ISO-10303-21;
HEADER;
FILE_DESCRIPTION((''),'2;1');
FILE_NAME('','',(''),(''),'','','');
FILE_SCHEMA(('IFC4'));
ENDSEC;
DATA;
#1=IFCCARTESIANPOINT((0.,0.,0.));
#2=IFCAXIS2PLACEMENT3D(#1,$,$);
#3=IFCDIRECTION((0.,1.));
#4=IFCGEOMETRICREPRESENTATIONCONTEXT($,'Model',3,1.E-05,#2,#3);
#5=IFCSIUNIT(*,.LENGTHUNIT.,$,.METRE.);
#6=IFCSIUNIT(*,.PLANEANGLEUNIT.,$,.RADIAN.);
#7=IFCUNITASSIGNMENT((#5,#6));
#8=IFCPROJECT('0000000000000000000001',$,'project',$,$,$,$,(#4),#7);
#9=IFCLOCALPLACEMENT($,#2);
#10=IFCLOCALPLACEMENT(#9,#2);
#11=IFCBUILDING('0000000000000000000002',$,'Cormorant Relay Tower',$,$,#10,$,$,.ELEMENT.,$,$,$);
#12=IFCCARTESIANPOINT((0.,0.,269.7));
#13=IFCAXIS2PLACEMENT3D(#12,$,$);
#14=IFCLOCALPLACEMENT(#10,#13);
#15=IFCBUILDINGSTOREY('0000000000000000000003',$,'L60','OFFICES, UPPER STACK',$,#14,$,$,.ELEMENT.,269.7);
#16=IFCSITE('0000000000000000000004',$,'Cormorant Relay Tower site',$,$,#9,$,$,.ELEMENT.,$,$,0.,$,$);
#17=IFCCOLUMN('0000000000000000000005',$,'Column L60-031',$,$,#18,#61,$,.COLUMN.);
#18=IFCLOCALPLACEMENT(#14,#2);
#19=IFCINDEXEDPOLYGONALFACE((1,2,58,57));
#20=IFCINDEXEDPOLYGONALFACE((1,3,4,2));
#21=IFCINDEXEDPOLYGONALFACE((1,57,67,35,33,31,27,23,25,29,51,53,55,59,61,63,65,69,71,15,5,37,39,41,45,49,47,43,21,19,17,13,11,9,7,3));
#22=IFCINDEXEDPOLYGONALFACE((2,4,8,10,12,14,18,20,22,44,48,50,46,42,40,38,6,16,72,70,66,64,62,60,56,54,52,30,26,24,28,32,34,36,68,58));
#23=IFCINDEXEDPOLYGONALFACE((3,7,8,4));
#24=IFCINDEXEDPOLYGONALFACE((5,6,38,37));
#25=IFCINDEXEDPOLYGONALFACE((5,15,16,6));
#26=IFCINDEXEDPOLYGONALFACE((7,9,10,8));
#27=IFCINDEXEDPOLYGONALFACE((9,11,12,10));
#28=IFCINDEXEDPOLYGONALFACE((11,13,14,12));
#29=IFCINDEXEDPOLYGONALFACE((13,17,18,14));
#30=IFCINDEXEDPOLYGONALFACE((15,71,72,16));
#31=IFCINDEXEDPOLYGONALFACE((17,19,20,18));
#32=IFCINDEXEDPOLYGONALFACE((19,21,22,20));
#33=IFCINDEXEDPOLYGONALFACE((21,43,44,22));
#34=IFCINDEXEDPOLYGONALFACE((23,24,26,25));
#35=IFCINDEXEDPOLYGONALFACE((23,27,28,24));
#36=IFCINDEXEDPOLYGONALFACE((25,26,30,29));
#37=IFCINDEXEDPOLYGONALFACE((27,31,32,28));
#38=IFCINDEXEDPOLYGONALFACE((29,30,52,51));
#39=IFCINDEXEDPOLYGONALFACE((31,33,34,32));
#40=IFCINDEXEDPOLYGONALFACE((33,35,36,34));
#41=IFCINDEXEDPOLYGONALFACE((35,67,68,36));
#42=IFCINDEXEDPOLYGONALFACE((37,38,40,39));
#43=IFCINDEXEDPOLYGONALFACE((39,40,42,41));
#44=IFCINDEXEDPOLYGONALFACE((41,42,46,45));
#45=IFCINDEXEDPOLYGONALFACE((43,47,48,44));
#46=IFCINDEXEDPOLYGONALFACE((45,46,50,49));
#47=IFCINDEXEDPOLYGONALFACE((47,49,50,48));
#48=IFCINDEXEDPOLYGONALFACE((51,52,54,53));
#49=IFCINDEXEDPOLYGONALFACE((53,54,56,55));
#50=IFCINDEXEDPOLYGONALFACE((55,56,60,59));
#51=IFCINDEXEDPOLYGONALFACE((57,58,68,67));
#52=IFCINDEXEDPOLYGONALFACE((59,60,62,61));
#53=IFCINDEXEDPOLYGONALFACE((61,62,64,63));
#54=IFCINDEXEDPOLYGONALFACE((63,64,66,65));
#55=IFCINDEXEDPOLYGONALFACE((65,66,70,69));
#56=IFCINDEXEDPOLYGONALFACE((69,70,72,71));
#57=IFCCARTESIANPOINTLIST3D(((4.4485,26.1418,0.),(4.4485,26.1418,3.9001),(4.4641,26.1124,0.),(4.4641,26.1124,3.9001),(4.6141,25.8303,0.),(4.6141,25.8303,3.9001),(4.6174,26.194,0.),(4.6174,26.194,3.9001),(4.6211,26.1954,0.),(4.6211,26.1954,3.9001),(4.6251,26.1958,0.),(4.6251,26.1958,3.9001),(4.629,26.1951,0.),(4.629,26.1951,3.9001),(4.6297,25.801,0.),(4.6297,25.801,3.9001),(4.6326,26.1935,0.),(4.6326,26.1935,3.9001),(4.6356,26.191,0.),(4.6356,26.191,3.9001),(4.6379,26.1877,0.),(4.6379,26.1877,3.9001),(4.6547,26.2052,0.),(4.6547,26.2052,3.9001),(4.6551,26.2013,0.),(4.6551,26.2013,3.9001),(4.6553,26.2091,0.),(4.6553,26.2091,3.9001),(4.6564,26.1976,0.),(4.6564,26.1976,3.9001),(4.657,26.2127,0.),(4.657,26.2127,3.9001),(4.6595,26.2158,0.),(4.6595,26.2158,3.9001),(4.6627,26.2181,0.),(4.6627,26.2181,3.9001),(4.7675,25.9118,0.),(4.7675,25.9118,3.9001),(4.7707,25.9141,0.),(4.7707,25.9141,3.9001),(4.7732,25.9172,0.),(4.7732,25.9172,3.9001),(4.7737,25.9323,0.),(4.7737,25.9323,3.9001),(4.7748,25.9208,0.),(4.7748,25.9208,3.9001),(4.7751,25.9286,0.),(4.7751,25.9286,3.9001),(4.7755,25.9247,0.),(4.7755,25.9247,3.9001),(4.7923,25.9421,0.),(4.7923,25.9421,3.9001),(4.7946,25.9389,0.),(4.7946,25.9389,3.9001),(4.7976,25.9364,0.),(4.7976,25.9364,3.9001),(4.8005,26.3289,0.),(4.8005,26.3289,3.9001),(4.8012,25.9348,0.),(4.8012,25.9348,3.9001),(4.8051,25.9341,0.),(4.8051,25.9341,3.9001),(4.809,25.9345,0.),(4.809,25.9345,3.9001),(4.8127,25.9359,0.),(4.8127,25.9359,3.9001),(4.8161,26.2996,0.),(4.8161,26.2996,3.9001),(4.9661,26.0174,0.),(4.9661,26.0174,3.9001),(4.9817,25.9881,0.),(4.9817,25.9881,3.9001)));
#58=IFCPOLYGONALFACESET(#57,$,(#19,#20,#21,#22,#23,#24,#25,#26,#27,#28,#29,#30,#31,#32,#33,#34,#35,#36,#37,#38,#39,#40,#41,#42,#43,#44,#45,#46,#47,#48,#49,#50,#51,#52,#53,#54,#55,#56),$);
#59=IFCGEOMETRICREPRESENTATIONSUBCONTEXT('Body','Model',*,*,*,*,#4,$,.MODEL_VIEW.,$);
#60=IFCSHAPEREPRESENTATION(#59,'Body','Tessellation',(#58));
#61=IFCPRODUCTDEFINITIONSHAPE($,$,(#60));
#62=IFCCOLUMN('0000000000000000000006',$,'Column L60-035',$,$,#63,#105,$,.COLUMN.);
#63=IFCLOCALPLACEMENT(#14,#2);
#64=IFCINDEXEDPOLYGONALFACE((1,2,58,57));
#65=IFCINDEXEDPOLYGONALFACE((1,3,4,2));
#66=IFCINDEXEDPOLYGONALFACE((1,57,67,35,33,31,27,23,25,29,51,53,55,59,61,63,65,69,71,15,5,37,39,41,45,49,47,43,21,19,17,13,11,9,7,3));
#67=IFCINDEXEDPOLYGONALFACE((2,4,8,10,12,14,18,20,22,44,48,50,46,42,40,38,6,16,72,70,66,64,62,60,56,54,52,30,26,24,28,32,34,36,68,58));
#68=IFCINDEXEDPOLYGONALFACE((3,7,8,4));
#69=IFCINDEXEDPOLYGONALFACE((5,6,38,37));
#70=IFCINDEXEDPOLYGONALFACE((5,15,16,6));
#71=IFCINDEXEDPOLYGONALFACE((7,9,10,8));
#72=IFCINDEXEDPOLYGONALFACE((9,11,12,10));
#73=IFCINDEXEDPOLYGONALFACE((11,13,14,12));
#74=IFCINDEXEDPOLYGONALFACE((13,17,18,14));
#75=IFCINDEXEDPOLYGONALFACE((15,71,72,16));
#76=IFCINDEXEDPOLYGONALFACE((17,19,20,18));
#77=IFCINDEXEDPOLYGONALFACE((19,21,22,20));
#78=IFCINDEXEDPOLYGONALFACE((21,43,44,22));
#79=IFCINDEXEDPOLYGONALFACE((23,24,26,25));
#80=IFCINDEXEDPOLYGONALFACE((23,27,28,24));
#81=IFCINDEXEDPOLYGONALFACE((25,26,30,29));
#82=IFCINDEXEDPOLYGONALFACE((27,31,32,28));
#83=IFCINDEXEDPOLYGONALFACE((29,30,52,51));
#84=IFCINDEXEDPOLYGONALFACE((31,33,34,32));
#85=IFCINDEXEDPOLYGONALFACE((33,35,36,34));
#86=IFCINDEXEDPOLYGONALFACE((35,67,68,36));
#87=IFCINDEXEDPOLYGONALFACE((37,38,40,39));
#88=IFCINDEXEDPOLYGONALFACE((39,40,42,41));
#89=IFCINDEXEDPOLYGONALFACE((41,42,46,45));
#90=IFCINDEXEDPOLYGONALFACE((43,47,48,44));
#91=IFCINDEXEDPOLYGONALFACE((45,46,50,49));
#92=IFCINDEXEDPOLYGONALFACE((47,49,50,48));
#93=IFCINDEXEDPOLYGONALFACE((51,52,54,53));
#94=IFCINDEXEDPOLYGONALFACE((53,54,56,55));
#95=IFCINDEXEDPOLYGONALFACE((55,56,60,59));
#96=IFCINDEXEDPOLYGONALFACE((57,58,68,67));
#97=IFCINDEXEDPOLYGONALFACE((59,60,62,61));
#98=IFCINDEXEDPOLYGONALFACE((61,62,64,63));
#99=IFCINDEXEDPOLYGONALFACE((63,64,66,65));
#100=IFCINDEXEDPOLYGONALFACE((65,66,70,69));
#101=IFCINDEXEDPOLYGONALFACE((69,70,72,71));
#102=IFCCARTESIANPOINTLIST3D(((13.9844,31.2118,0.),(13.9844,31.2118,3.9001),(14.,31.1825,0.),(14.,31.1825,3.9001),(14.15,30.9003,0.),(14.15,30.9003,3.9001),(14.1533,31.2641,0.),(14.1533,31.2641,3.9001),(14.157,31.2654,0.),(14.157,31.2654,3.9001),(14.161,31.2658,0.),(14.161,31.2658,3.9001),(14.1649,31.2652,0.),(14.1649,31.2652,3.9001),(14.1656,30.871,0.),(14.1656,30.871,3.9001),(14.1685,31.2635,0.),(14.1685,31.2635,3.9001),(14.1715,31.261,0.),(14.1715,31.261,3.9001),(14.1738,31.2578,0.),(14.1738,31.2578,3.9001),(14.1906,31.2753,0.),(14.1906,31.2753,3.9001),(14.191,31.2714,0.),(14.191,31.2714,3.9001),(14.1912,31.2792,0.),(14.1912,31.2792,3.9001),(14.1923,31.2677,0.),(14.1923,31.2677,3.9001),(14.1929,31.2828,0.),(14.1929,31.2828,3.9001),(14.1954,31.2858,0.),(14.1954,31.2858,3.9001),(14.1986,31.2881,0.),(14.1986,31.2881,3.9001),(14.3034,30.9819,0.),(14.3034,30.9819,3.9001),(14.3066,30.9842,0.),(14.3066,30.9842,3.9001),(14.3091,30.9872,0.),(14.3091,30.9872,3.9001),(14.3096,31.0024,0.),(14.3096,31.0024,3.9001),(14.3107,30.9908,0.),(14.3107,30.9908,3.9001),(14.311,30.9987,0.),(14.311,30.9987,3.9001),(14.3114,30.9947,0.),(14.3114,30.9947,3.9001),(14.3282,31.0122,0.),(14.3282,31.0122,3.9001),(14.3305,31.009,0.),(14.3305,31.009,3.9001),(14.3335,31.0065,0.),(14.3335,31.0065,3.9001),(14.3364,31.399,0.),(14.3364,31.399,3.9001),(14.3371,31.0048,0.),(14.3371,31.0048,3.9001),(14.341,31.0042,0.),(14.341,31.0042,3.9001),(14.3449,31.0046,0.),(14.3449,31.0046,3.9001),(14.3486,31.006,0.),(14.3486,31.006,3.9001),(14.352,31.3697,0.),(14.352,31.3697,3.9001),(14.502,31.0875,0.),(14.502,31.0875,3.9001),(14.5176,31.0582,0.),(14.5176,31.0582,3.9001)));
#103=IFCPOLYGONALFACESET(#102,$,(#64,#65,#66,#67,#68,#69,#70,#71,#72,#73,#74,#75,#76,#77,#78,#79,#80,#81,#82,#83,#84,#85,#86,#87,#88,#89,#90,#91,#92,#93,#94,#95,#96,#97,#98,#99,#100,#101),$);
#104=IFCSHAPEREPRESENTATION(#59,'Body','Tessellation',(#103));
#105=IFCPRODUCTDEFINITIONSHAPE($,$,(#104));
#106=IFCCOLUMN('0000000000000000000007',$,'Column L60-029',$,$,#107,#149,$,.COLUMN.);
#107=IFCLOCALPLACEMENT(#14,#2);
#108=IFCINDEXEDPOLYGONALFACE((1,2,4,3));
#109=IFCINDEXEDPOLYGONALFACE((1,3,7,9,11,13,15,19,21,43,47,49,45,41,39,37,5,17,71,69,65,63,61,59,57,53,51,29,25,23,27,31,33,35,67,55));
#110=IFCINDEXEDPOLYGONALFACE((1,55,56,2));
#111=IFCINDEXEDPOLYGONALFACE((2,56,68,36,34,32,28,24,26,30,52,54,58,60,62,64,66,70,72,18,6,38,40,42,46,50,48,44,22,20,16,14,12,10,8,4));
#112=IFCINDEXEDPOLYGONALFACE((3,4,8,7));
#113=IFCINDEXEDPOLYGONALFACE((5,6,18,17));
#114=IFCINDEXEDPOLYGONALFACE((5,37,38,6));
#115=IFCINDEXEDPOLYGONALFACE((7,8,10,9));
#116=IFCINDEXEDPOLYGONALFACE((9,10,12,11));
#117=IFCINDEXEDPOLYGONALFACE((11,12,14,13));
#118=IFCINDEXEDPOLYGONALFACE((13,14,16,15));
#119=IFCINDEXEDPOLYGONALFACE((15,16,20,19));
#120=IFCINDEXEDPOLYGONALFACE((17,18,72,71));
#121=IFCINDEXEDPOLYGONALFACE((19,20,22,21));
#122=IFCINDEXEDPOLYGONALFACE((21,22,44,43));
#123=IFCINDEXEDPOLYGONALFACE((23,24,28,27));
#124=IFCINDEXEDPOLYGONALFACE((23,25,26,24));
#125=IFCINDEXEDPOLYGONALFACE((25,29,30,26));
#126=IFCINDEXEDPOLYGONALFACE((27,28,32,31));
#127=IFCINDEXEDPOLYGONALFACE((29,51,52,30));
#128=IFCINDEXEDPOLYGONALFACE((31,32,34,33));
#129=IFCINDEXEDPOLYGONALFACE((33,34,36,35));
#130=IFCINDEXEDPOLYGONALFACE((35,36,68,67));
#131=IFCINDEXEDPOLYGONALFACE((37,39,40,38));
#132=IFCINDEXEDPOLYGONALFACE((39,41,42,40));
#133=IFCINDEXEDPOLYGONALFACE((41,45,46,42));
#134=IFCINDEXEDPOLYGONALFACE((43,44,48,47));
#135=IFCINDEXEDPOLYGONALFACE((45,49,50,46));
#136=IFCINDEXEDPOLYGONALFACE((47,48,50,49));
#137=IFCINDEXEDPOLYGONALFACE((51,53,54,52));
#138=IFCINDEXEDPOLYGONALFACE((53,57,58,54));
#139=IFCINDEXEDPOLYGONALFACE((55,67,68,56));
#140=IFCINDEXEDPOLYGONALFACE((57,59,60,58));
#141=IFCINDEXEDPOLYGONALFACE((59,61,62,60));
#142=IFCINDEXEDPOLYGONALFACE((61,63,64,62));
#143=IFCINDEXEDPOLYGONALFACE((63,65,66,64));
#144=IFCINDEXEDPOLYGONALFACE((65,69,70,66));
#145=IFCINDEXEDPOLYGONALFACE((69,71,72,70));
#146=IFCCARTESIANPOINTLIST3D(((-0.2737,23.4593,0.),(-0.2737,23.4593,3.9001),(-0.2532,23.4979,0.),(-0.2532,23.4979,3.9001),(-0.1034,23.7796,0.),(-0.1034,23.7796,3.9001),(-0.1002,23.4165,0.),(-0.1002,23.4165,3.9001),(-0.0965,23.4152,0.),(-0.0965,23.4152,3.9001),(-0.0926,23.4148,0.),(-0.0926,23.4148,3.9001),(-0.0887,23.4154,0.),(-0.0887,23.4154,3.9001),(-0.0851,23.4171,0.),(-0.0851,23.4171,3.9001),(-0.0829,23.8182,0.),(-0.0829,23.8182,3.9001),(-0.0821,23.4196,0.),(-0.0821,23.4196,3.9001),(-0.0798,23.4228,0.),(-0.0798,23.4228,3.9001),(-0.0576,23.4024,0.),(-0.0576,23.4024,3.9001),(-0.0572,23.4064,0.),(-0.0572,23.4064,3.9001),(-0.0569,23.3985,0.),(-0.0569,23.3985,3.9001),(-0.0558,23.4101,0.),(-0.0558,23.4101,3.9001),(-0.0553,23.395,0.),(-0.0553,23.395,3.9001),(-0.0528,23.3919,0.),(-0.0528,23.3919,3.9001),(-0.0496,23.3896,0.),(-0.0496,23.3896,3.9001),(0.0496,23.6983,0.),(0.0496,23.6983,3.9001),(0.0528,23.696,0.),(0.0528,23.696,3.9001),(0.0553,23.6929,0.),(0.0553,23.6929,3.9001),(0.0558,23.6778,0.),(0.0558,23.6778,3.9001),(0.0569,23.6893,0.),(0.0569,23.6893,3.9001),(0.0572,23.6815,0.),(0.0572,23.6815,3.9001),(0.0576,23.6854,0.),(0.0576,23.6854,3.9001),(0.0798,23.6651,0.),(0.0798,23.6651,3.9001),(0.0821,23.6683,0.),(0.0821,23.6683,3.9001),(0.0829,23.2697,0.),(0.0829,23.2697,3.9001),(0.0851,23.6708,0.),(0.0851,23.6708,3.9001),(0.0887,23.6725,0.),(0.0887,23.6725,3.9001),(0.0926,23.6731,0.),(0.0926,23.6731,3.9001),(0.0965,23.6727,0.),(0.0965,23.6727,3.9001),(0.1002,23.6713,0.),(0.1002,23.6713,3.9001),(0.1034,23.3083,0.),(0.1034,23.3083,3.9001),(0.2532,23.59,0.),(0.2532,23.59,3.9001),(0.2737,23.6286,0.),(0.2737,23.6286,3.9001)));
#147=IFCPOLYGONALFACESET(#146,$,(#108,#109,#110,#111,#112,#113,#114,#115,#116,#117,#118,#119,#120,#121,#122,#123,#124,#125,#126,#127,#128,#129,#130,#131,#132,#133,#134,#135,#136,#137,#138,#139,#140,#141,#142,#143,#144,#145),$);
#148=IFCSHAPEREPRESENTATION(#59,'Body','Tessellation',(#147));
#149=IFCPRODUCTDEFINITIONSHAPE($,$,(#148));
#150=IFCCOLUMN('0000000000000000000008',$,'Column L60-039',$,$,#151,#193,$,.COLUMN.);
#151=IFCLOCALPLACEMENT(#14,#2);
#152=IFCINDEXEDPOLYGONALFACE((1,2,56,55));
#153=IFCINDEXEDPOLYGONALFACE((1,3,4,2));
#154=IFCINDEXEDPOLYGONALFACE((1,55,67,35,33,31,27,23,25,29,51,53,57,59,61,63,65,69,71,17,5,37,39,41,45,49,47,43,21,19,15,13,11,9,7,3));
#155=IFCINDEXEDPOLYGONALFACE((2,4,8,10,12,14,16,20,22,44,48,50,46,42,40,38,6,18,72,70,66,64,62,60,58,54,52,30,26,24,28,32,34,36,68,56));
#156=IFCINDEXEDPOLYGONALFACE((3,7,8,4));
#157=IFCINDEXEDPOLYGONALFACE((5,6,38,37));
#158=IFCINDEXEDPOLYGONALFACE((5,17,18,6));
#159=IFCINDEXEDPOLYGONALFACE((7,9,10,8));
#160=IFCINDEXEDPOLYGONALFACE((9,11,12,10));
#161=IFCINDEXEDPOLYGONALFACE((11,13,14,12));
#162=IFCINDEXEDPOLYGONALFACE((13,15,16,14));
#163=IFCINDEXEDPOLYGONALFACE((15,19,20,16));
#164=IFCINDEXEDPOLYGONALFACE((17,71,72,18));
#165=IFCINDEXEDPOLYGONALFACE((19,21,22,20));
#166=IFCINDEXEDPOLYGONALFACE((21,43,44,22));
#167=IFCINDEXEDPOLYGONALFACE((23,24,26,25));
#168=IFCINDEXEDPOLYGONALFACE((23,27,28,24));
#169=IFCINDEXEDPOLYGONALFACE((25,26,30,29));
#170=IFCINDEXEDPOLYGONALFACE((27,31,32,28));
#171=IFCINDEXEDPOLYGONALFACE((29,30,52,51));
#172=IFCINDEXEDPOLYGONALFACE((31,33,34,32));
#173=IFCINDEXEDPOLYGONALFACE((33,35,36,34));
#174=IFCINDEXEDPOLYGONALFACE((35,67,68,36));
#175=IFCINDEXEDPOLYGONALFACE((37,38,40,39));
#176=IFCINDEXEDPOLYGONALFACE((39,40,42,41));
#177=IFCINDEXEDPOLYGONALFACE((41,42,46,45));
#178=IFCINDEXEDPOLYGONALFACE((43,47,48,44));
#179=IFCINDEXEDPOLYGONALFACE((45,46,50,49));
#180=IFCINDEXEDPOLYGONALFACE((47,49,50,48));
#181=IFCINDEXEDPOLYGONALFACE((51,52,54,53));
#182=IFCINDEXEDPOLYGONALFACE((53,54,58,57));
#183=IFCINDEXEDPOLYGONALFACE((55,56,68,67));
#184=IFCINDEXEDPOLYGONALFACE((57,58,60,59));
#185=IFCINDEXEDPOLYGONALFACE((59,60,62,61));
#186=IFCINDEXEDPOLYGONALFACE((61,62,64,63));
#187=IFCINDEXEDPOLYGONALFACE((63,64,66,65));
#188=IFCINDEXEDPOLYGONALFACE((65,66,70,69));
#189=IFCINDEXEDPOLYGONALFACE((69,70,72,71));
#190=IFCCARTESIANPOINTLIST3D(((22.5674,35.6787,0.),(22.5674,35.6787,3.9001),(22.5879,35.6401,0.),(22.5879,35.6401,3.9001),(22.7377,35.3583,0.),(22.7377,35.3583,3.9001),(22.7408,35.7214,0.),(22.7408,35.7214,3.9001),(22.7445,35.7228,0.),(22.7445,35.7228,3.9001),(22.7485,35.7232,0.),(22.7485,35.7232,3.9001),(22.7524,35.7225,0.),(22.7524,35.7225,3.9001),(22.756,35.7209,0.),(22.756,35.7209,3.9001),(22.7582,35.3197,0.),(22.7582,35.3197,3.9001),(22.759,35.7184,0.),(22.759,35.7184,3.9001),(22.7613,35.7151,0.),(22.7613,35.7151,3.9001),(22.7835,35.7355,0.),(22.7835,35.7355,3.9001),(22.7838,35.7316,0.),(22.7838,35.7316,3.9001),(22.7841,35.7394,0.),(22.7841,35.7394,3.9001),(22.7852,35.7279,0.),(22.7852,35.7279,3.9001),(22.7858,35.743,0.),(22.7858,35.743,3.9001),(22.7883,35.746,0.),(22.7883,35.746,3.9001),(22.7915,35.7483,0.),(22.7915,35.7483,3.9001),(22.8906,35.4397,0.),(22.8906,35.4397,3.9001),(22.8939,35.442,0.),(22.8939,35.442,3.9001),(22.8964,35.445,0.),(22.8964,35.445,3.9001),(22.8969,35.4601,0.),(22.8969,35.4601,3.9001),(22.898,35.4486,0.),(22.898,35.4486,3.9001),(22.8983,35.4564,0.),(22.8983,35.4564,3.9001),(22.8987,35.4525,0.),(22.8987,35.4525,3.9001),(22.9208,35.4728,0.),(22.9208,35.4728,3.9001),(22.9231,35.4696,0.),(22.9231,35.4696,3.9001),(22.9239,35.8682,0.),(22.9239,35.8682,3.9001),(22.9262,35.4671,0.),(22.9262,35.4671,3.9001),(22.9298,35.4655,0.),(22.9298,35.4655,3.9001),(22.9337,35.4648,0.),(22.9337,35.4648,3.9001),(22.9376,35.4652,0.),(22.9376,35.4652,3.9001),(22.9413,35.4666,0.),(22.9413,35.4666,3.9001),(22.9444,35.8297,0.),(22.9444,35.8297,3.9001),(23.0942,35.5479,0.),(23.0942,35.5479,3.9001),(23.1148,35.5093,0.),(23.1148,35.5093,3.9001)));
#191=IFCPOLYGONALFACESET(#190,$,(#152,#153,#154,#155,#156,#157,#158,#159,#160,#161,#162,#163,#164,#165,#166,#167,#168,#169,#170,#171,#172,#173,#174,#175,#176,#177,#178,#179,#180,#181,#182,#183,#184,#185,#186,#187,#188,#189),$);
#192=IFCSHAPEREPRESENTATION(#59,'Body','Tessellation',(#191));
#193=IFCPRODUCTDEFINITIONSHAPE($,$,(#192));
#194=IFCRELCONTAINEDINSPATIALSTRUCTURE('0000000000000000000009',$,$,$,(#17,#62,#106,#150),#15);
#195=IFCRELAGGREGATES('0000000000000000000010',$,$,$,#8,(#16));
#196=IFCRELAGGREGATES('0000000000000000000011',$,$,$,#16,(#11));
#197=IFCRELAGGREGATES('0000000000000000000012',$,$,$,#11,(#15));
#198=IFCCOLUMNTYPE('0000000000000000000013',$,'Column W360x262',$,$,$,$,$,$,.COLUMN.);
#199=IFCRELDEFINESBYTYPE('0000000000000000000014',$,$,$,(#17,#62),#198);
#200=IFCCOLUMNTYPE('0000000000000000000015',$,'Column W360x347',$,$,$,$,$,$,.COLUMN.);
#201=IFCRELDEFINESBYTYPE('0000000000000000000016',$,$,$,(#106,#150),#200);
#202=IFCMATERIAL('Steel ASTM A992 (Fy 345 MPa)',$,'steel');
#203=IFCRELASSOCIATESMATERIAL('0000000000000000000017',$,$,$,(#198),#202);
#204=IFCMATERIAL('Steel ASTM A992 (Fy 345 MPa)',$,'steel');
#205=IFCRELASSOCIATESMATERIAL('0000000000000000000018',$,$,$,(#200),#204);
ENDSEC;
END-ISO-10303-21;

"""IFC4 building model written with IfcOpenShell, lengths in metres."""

from ifc_helpers import new_model, si_unit, direction, frame, origin, origin_2d, place, context, subcontext, project, spatial, i_section, extrude, material, material_profile, profile_set, type_object, element, save


model = new_model("IFC4")

# Units and contexts
model_context = context("Model", 3, precision=1e-05, world=origin(), true_north=direction((0.0, 1.0)))
body_context = subcontext(model_context, "Body", "Model", "MODEL_VIEW")
ifc_project = project(units=[si_unit("LENGTHUNIT", "METRE"), si_unit("PLANEANGLEUNIT", "RADIAN")], contexts=[model_context])

# Site, building, storey
site_placement = place(None, origin())
site = spatial("IfcSite", under=ifc_project, at=site_placement, Name="Cormorant Relay Tower site", CompositionType="ELEMENT", RefElevation=0.0)
building_placement = place(site_placement, origin())
building = spatial("IfcBuilding", under=site, at=building_placement, Name="Cormorant Relay Tower", CompositionType="ELEMENT")
storey_placement = place(building_placement, frame((0.0, 0.0, 269.7)))
storey = spatial("IfcBuildingStorey", under=building, at=storey_placement, Name="L60", Description="OFFICES, UPPER STACK", CompositionType="ELEMENT", Elevation=269.7)

# Columns
ifc_material_1 = material(Name="Steel ASTM A992 (Fy 345 MPa)", Category="steel")
ifc_material_profile_1 = material_profile(ifc_material_1, i_section(OverallWidth=0.3987, OverallDepth=0.386, WebThickness=0.021, FlangeThickness=0.0332, FilletRadius=0.0151, at=origin_2d()), Name="W360x262")
ifc_profile_set_1 = profile_set([ifc_material_profile_1], Name="Steel ASTM A992 (Fy 345 MPa)")
column_type_1 = type_object("IfcColumnType", Name="Column W360x262", PredefinedType="COLUMN", material=ifc_profile_set_1)
for number, where, z_axis, x_axis, name in (
    (1, (4.7151, 26.0649, 0.0), (0.0, 0.0, 1.0), (-0.882948, -0.469472, 0.0), "Column L60-031"),
    (2, (14.251, 31.135, 0.0), (0.0, 0.0, 1.0), (-0.882948, -0.469472, 0.0), "Column L60-035"),
):
    element("IfcColumn", number, at=place(storey_placement, frame(where, z_axis=z_axis, x_axis=x_axis)), inside=storey, type_object=column_type_1, Name=name, PredefinedType="COLUMN", context=body_context, shape_type="SweptSolid", body=[
        extrude(i_section(OverallWidth=0.3987, OverallDepth=0.386, WebThickness=0.021, FlangeThickness=0.0332, FilletRadius=0.0151, at=origin_2d()), origin(), (0.0, 0.0, 1.0), 3.9001),
    ])
ifc_material_2 = material(Name="Steel ASTM A992 (Fy 345 MPa)", Category="steel")
ifc_material_profile_2 = material_profile(ifc_material_2, i_section(OverallWidth=0.4038, OverallDepth=0.4065, WebThickness=0.0271, FlangeThickness=0.0437, FilletRadius=0.0151, at=origin_2d()), Name="W360x347")
ifc_profile_set_2 = profile_set([ifc_material_profile_2], Name="Steel ASTM A992 (Fy 345 MPa)")
column_type_2 = type_object("IfcColumnType", Name="Column W360x347", PredefinedType="COLUMN", material=ifc_profile_set_2)
for number, where, z_axis, x_axis, name in (
    (3, (0.0, 23.5439, 0.0), (0.0, 0.0, 1.0), (-0.882948, 0.469472, 0.0), "Column L60-029"),
    (4, (22.8411, 35.594, 0.0), (0.0, 0.0, 1.0), (-0.882948, -0.469472, 0.0), "Column L60-039"),
):
    element("IfcColumn", number, at=place(storey_placement, frame(where, z_axis=z_axis, x_axis=x_axis)), inside=storey, type_object=column_type_2, Name=name, PredefinedType="COLUMN", context=body_context, shape_type="SweptSolid", body=[
        extrude(i_section(OverallWidth=0.4038, OverallDepth=0.4065, WebThickness=0.0271, FlangeThickness=0.0437, FilletRadius=0.0151, at=origin_2d()), origin(), (0.0, 0.0, 1.0), 3.9001),
    ])

save(model, "model.ifc")
